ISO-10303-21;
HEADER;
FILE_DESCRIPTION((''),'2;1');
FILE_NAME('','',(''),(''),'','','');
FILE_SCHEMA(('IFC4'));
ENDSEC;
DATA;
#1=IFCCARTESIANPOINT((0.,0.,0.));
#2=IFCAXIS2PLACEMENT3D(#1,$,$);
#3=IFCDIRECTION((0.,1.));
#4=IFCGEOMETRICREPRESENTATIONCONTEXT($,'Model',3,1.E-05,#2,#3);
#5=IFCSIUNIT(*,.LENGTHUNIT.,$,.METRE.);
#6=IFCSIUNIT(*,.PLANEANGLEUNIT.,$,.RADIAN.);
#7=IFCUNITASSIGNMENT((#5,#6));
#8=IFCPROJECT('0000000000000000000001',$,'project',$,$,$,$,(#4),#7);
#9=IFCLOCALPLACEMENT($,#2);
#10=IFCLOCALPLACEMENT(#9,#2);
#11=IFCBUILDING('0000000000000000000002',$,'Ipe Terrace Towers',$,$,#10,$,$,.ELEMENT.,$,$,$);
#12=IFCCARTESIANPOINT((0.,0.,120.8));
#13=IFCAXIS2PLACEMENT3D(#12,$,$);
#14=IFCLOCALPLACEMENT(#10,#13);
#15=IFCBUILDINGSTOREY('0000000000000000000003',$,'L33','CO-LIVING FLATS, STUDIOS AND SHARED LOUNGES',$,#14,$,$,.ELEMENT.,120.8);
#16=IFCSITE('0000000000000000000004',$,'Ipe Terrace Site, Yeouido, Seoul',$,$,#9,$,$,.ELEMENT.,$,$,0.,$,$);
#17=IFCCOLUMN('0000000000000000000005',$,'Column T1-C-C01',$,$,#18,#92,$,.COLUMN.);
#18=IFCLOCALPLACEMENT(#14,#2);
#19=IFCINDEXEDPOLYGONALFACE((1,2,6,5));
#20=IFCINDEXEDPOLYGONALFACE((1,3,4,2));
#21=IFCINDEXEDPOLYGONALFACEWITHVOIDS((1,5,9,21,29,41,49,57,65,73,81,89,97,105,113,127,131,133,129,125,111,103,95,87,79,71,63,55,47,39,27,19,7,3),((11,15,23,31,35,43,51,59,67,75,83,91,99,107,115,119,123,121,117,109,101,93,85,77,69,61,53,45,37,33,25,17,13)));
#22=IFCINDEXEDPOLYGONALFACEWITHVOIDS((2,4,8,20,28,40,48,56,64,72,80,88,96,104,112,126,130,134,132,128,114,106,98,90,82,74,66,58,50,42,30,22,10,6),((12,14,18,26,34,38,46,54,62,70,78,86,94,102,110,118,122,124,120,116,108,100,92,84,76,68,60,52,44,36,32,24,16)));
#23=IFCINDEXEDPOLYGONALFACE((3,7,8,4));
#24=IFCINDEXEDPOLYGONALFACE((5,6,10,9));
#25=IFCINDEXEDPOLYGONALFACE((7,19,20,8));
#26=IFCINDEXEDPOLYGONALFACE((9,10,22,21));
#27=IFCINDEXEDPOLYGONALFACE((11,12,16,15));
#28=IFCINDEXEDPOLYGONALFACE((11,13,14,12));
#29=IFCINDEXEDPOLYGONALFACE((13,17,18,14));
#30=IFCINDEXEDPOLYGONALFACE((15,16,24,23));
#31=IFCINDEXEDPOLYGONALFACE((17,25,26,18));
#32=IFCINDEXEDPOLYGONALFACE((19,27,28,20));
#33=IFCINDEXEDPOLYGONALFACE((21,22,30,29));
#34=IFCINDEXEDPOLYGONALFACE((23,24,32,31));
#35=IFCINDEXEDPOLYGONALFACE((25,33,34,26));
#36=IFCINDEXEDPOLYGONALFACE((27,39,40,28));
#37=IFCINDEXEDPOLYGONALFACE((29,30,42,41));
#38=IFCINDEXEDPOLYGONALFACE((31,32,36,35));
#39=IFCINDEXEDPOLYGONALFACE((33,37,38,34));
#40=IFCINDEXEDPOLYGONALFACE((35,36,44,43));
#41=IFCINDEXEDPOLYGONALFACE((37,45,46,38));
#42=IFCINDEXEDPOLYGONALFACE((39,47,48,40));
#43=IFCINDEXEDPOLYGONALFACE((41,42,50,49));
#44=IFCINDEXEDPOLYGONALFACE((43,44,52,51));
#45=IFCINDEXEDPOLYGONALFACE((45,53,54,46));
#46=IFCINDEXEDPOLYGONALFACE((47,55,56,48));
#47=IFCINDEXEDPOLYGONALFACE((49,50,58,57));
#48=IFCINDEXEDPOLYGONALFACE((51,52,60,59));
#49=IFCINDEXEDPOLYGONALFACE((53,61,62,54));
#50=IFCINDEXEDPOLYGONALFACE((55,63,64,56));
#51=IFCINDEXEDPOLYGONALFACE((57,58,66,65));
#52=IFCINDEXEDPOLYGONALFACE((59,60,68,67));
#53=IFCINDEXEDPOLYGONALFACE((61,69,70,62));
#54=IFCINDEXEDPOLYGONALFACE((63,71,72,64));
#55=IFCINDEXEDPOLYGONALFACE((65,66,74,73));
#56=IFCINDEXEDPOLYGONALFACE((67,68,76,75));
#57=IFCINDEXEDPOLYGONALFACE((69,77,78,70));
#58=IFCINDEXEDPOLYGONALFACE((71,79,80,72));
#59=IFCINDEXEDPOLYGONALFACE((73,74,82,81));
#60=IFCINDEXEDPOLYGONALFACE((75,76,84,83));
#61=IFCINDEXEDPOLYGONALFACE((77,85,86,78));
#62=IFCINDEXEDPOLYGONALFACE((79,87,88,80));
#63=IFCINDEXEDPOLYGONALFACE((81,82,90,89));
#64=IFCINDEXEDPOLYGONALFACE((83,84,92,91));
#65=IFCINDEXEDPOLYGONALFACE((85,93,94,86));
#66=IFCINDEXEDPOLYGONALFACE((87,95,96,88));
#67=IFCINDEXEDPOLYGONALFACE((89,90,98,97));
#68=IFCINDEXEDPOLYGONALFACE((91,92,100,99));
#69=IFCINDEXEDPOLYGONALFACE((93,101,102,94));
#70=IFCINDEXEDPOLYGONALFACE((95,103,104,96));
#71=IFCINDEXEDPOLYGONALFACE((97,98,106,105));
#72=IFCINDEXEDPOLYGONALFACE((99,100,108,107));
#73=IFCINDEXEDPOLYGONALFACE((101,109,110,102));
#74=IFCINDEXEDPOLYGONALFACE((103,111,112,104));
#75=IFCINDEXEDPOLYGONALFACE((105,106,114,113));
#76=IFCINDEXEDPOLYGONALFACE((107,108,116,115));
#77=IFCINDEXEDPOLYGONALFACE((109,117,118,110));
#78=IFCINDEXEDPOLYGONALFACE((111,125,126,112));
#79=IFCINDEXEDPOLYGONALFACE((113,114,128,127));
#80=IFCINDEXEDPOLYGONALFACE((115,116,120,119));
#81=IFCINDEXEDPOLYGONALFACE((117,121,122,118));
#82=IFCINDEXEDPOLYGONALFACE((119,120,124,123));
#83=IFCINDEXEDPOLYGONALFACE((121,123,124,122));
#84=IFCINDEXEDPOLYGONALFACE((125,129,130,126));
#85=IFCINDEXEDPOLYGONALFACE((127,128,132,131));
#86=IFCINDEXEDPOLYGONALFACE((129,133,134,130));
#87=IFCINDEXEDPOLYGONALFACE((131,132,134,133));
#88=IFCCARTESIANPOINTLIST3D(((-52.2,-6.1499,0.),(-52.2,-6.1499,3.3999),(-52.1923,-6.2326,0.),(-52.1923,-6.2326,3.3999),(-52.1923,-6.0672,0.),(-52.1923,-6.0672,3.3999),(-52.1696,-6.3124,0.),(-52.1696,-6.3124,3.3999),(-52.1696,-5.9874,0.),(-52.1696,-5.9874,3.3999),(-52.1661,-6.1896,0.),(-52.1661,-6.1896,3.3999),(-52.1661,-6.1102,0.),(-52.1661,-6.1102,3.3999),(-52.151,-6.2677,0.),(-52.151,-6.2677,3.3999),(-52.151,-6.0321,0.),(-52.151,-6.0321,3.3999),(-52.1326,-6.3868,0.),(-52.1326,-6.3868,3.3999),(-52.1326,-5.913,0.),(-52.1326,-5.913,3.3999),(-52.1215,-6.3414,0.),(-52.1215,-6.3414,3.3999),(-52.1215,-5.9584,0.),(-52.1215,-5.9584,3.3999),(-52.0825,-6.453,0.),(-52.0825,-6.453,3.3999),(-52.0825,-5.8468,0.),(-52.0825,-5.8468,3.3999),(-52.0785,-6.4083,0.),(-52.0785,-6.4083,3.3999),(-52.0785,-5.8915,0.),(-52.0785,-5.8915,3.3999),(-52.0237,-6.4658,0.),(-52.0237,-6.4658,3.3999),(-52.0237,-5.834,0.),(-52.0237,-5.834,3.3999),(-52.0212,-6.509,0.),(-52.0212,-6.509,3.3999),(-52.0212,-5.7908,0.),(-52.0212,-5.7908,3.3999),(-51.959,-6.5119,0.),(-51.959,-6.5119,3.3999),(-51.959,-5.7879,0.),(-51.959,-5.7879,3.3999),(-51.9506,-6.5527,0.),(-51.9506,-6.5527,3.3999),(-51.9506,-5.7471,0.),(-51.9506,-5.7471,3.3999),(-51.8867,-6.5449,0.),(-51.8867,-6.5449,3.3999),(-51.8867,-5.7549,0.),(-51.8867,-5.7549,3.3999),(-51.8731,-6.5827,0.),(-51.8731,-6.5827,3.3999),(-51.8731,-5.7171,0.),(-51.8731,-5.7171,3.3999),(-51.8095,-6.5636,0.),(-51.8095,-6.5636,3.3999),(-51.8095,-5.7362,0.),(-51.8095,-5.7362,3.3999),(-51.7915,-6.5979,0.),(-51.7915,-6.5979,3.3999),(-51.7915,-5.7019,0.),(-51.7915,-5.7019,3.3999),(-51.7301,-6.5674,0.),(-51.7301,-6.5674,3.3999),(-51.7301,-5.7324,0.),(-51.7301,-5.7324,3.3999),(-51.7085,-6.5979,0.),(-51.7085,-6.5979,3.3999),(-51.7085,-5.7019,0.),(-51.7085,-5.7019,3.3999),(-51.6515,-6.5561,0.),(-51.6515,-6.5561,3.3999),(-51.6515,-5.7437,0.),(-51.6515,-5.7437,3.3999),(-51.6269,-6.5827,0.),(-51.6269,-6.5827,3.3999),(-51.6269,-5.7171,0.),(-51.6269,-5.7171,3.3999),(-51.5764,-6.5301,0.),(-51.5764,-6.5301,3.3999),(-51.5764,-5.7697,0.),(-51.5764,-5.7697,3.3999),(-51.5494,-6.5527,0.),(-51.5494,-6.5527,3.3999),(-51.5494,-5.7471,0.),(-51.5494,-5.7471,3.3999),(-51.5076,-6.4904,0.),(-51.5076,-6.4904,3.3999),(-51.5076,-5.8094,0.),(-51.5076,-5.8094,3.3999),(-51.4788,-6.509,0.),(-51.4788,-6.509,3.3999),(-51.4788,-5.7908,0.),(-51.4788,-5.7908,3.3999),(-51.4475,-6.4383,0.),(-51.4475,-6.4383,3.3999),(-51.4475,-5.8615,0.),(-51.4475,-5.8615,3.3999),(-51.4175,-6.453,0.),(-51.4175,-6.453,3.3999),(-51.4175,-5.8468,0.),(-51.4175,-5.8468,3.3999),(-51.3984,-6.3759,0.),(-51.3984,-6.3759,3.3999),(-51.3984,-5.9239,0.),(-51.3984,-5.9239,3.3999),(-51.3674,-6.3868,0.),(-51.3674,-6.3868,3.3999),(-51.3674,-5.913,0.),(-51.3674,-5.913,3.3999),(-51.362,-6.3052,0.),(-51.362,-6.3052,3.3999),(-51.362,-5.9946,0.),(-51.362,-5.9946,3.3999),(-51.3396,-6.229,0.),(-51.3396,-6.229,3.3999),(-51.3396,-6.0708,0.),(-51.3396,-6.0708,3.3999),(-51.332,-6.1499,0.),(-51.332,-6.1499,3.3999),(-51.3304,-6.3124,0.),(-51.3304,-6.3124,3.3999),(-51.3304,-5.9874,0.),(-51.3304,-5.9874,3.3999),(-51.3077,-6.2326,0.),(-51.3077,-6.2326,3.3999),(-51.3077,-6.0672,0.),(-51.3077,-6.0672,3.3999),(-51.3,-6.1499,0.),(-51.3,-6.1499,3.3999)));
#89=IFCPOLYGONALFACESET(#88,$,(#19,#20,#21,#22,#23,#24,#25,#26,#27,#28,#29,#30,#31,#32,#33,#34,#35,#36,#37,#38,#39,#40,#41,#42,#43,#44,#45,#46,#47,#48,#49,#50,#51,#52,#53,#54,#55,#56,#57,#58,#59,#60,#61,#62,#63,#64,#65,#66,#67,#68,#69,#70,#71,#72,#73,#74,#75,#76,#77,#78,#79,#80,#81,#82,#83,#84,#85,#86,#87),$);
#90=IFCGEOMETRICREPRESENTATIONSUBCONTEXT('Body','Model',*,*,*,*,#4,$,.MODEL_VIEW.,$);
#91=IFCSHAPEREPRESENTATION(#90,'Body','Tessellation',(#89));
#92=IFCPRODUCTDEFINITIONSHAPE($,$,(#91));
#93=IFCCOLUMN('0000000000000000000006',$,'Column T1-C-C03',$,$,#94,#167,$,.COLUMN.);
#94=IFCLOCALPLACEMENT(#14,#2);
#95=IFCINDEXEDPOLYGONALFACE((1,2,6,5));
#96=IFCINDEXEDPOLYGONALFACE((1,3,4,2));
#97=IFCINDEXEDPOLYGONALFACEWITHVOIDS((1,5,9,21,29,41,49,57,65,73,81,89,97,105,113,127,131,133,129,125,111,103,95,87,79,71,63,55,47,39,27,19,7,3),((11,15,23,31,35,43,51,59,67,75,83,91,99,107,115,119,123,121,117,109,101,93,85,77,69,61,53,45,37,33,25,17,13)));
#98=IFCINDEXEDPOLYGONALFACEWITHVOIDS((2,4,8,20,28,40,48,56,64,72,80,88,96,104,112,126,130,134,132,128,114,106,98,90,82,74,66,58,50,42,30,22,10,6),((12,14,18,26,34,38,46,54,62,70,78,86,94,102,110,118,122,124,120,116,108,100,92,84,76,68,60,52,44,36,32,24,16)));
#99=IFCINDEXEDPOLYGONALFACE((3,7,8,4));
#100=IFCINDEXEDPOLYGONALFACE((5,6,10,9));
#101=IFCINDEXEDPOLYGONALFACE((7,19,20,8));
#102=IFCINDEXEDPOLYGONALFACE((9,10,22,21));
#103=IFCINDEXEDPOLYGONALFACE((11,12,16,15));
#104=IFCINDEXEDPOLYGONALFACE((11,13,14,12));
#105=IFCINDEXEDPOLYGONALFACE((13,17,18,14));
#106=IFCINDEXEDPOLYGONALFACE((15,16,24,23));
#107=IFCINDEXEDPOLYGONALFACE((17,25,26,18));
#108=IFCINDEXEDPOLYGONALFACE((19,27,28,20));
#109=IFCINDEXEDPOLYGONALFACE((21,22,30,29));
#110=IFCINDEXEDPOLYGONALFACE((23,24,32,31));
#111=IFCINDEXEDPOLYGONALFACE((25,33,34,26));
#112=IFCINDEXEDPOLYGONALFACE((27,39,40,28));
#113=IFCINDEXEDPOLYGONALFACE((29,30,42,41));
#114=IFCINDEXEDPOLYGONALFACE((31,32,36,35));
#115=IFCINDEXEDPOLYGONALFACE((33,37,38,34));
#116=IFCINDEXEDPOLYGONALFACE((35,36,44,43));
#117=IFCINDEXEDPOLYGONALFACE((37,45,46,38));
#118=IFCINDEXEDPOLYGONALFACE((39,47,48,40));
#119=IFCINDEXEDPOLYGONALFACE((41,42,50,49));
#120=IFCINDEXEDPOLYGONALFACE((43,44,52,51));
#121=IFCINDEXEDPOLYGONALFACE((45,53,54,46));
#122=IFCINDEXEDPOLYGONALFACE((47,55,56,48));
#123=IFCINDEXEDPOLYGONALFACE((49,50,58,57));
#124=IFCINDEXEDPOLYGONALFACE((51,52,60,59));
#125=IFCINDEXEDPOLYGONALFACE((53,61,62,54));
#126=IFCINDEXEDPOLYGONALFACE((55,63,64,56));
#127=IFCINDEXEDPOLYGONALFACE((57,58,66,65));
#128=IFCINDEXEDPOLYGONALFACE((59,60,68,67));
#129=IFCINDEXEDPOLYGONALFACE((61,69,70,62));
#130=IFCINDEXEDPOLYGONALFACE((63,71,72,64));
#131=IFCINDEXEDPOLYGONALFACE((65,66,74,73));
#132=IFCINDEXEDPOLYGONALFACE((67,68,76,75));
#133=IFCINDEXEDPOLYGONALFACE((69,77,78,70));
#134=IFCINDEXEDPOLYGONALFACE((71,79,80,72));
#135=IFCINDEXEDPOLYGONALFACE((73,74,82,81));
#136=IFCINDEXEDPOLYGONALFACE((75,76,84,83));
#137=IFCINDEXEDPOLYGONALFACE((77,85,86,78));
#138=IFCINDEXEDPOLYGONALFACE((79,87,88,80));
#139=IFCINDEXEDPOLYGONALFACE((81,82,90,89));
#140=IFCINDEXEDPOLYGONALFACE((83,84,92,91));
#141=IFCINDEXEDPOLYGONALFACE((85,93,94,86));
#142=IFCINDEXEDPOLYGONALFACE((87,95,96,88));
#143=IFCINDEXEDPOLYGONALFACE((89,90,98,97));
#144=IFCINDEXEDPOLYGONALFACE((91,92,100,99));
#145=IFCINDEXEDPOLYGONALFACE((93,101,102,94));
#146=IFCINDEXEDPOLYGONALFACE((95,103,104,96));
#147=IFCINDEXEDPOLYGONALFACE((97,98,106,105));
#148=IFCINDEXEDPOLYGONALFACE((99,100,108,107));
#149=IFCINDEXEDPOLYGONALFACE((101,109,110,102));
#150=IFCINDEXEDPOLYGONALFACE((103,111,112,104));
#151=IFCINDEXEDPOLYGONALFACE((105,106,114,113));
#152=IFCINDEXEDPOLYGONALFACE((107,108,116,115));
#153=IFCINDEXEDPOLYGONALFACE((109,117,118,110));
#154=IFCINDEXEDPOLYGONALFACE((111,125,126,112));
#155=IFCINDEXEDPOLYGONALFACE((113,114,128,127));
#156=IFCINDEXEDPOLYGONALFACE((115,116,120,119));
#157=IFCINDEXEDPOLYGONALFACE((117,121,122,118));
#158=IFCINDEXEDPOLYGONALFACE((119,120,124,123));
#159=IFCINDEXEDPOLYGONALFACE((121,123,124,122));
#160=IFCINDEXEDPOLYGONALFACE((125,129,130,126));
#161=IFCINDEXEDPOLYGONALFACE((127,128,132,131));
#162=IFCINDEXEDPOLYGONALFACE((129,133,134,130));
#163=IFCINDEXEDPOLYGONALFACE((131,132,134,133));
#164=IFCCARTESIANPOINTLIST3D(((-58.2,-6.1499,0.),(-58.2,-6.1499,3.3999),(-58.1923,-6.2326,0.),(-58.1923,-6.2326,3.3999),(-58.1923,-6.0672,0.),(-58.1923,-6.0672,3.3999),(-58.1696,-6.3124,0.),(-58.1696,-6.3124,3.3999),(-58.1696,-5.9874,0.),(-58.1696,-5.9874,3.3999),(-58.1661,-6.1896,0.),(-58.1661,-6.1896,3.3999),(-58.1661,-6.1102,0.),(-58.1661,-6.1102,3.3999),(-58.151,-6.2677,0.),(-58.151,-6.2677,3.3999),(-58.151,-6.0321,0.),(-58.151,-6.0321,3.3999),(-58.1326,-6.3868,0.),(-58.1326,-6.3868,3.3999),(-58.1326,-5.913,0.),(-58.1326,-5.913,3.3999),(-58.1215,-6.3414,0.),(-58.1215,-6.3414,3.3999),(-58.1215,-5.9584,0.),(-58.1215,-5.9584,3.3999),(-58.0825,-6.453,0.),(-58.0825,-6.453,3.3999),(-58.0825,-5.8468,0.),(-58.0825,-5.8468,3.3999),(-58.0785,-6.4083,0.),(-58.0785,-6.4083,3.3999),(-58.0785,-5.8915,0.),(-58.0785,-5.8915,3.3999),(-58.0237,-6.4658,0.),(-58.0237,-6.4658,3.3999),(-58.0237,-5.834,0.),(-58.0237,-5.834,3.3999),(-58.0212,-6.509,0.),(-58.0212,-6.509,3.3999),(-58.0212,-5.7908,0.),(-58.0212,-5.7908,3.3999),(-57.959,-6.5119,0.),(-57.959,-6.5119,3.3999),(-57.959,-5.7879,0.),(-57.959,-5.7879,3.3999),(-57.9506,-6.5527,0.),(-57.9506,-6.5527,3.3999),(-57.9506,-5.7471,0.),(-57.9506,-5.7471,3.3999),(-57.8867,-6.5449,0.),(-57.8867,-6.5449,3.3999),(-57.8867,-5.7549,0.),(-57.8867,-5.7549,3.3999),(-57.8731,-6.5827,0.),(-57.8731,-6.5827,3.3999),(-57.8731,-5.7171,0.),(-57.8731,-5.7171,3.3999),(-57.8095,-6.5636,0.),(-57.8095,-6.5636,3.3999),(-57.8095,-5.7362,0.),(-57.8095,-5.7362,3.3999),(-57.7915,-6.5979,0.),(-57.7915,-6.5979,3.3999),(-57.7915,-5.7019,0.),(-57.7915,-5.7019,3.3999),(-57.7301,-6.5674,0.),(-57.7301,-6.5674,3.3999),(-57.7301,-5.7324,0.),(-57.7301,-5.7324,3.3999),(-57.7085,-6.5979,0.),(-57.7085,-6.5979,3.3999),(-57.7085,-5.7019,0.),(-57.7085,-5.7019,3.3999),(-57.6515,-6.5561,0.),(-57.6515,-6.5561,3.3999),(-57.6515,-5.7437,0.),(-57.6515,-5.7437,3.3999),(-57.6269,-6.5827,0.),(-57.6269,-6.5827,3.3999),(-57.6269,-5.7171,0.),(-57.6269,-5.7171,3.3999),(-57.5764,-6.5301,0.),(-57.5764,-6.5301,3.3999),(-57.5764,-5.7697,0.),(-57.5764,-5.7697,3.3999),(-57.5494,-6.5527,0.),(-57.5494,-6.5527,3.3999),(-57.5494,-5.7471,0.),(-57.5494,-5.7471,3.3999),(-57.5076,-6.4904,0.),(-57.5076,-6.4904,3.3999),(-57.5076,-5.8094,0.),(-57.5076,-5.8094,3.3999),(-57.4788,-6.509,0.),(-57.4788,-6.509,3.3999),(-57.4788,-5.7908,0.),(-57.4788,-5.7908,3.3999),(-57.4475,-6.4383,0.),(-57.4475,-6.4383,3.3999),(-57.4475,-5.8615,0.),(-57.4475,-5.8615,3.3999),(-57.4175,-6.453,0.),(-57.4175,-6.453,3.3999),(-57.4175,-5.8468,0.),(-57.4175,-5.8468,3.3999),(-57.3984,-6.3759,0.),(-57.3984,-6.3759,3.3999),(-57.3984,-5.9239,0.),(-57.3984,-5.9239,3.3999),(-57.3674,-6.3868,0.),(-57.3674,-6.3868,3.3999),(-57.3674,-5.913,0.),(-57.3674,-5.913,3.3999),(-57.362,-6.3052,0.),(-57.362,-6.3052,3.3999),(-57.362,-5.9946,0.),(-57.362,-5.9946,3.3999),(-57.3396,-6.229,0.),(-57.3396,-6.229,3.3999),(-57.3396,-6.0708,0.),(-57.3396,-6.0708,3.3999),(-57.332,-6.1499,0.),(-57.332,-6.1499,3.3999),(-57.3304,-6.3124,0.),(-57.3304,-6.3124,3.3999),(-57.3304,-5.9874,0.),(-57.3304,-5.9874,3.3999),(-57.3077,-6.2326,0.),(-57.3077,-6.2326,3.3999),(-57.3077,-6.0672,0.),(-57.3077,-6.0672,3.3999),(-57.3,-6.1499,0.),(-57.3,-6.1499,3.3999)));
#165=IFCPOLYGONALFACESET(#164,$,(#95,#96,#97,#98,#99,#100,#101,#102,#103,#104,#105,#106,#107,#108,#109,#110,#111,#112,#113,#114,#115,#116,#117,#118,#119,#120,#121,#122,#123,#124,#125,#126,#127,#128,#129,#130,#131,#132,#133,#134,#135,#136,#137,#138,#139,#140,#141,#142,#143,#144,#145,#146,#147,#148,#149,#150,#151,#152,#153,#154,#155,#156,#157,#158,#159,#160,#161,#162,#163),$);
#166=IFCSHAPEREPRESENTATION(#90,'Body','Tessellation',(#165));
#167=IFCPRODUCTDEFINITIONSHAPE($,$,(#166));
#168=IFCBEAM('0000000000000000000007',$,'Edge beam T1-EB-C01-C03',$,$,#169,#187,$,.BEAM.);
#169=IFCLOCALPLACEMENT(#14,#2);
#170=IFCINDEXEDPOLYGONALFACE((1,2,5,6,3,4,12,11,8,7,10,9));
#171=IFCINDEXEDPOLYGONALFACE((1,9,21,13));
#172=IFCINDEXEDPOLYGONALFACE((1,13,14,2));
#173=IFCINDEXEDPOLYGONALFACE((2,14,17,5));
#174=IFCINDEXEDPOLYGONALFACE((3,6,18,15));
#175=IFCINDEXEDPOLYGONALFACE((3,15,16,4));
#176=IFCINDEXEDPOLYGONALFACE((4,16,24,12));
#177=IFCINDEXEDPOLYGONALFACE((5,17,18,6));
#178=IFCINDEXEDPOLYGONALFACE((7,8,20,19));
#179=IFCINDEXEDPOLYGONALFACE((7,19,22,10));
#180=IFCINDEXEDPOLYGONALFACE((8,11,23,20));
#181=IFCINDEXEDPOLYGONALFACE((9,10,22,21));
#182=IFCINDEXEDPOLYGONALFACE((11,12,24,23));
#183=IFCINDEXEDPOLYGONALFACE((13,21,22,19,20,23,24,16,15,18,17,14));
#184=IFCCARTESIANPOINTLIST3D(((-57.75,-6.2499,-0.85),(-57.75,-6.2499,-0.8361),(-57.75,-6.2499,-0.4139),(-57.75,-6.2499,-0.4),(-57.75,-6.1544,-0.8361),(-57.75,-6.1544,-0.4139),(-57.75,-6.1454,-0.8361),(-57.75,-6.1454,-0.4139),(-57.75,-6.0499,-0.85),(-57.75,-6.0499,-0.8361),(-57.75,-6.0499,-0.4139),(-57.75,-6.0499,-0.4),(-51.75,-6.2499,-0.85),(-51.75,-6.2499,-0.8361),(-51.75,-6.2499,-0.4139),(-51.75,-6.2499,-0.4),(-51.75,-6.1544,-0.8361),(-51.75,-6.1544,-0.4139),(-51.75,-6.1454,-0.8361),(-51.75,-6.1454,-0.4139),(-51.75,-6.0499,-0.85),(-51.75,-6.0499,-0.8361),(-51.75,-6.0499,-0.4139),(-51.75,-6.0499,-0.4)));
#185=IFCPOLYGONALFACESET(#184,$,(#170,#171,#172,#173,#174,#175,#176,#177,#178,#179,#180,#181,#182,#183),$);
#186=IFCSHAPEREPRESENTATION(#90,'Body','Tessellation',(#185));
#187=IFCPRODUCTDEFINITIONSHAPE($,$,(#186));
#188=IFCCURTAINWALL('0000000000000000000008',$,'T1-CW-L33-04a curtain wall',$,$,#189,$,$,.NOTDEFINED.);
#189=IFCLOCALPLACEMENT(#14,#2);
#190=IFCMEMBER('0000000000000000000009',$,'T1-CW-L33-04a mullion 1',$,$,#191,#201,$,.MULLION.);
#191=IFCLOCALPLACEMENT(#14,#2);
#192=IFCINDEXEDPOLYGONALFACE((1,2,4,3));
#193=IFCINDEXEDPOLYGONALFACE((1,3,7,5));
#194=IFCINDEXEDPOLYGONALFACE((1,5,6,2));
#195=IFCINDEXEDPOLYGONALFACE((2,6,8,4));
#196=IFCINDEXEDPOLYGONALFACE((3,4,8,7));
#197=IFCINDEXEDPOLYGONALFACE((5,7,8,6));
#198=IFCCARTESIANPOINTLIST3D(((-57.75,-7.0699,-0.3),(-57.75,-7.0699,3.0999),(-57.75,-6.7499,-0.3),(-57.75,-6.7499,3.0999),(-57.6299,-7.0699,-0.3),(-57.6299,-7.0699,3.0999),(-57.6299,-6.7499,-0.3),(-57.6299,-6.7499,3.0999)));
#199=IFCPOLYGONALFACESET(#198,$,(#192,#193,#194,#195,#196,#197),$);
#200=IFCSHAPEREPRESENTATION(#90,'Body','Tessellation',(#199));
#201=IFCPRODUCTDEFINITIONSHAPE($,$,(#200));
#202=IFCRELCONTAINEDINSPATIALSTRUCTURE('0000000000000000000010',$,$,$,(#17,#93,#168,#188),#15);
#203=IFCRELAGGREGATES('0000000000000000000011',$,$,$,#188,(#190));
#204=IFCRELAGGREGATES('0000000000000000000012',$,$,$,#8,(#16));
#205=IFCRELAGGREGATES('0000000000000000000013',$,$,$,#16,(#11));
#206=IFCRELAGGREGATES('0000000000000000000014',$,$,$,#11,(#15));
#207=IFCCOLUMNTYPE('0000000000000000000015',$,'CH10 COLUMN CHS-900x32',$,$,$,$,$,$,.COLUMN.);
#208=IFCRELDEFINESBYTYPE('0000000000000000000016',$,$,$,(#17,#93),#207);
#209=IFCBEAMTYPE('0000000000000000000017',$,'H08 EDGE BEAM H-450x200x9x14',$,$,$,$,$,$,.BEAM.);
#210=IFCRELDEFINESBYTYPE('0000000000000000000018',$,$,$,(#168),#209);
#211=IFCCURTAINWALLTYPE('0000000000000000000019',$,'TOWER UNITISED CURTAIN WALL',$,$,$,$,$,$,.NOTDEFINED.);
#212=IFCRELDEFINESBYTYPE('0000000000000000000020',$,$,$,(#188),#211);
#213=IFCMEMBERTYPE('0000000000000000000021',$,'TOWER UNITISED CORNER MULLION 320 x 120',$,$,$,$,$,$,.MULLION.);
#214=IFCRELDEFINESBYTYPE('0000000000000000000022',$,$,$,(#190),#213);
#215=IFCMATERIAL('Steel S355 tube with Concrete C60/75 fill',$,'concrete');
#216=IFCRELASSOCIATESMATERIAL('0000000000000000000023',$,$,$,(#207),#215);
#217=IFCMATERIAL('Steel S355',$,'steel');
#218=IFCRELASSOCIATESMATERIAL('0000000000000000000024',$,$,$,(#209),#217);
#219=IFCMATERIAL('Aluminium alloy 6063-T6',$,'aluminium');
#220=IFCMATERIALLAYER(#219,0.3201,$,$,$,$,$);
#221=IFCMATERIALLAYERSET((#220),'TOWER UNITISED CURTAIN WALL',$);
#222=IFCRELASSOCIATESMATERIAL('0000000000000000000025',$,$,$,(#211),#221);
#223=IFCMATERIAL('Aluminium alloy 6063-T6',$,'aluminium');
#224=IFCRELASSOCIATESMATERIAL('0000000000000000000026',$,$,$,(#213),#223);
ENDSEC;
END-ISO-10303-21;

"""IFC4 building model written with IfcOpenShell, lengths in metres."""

from ifc_helpers import new_model, si_unit, direction, frame, origin, origin_2d, place, context, subcontext, project, spatial, rectangle, hollow_circle, i_section, extrude, material, layer, layer_set, material_profile, profile_set, type_object, element, aggregate, save


model = new_model("IFC4")

# Units and contexts
model_context = context("Model", 3, precision=1e-05, world=origin(), true_north=direction((0.0, 1.0)))
body_context = subcontext(model_context, "Body", "Model", "MODEL_VIEW")
ifc_project = project(units=[si_unit("LENGTHUNIT", "METRE"), si_unit("PLANEANGLEUNIT", "RADIAN")], contexts=[model_context])

# Site, building, storey
site_placement = place(None, origin())
site = spatial("IfcSite", under=ifc_project, at=site_placement, Name="Ipe Terrace Site, Yeouido, Seoul", CompositionType="ELEMENT", RefElevation=0.0)
building_placement = place(site_placement, origin())
building = spatial("IfcBuilding", under=site, at=building_placement, Name="Ipe Terrace Towers", CompositionType="ELEMENT")
storey_placement = place(building_placement, frame((0.0, 0.0, 120.8)))
storey = spatial("IfcBuildingStorey", under=building, at=storey_placement, Name="L33", Description="CO-LIVING FLATS, STUDIOS AND SHARED LOUNGES", CompositionType="ELEMENT", Elevation=120.8)

# Columns
ifc_material_1 = material(Name="Steel S355 tube with Concrete C60/75 fill", Category="concrete")
ifc_material_profile_1 = material_profile(ifc_material_1, hollow_circle(Radius=0.45, WallThickness=0.032, at=origin_2d()), Name="CHS-900x32")
ifc_profile_set_1 = profile_set([ifc_material_profile_1], Name="Steel S355 tube with Concrete C60/75 fill")
column_type = type_object("IfcColumnType", Name="CH10 COLUMN CHS-900x32", PredefinedType="COLUMN", material=ifc_profile_set_1)
for number, where, z_axis, x_axis, name in (
    (1, (-51.75, -6.1499, 0.0), (0.0, 0.0, 1.0), (1.0, 0.0, 0.0), "Column T1-C-C01"),
    (2, (-57.75, -6.1499, 0.0), (0.0, 0.0, 1.0), (1.0, 0.0, 0.0), "Column T1-C-C03"),
):
    element("IfcColumn", number, at=place(storey_placement, frame(where, z_axis=z_axis, x_axis=x_axis)), inside=storey, type_object=column_type, Name=name, PredefinedType="COLUMN", context=body_context, shape_type="SweptSolid", body=[
        extrude(hollow_circle(Radius=0.45, WallThickness=0.032, at=origin_2d()), origin(), (0.0, 0.0, 1.0), 3.3999),
    ])

# Beam
ifc_material_2 = material(Name="Steel S355", Category="steel")
ifc_material_profile_2 = material_profile(ifc_material_2, i_section(OverallWidth=0.2, OverallDepth=0.45, WebThickness=0.009, FlangeThickness=0.0139, at=origin_2d()), Name="H-450x200x9x14")
ifc_profile_set_2 = profile_set([ifc_material_profile_2], Name="Steel S355")
beam_type = type_object("IfcBeamType", Name="H08 EDGE BEAM H-450x200x9x14", PredefinedType="BEAM", material=ifc_profile_set_2)
beam_placement = place(storey_placement, frame((-51.75, -6.1499, -0.625), z_axis=(-1.0, 0.0, 0.0), x_axis=(0.0, -1.0, 0.0)))
element("IfcBeam", 3, at=beam_placement, inside=storey, type_object=beam_type, Name="Edge beam T1-EB-C01-C03", PredefinedType="BEAM", context=body_context, shape_type="SweptSolid", body=[
    extrude(i_section(OverallWidth=0.2, OverallDepth=0.45, WebThickness=0.009, FlangeThickness=0.0139, at=origin_2d()), origin(), (0.0, 0.0, 1.0), 6.0),
])

# Curtain wall, member
ifc_material_3 = material(Name="Aluminium alloy 6063-T6", Category="aluminium")
ifc_layer_1 = layer(ifc_material_3, 0.3201)
ifc_layer_set_1 = layer_set([ifc_layer_1], Name="TOWER UNITISED CURTAIN WALL")
curtain_wall_type = type_object("IfcCurtainWallType", Name="TOWER UNITISED CURTAIN WALL", PredefinedType="NOTDEFINED", material=ifc_layer_set_1)
curtain_wall_1_placement = place(storey_placement, origin())
curtain_wall_1 = element("IfcCurtainWall", 4, at=curtain_wall_1_placement, inside=storey, type_object=curtain_wall_type, Name="T1-CW-L33-04a curtain wall", PredefinedType="NOTDEFINED")
ifc_material_4 = material(Name="Aluminium alloy 6063-T6", Category="aluminium")
ifc_material_profile_3 = material_profile(ifc_material_4, rectangle(XDim=0.3201, YDim=0.1201, at=origin_2d()), Name="TOWER UNITISED CORNER MULLION 320 x 120")
ifc_profile_set_3 = profile_set([ifc_material_profile_3], Name="Aluminium alloy 6063-T6")
member_type = type_object("IfcMemberType", Name="TOWER UNITISED CORNER MULLION 320 x 120", PredefinedType="MULLION", material=ifc_profile_set_3)
member_1_placement = place(storey_placement, frame((-57.6899, -6.9099, -0.3), z_axis=(0.0, 0.0, 1.0), x_axis=(0.0, -1.0, 0.0)))
member_1 = element("IfcMember", 5, at=member_1_placement, type_object=member_type, Name="T1-CW-L33-04a mullion 1", PredefinedType="MULLION", context=body_context, shape_type="SweptSolid", body=[
    extrude(rectangle(XDim=0.3201, YDim=0.1201, at=origin_2d()), origin(), (0.0, 0.0, 1.0), 3.3999),
])

aggregate(curtain_wall_1, [member_1])

save(model, "model.ifc")
